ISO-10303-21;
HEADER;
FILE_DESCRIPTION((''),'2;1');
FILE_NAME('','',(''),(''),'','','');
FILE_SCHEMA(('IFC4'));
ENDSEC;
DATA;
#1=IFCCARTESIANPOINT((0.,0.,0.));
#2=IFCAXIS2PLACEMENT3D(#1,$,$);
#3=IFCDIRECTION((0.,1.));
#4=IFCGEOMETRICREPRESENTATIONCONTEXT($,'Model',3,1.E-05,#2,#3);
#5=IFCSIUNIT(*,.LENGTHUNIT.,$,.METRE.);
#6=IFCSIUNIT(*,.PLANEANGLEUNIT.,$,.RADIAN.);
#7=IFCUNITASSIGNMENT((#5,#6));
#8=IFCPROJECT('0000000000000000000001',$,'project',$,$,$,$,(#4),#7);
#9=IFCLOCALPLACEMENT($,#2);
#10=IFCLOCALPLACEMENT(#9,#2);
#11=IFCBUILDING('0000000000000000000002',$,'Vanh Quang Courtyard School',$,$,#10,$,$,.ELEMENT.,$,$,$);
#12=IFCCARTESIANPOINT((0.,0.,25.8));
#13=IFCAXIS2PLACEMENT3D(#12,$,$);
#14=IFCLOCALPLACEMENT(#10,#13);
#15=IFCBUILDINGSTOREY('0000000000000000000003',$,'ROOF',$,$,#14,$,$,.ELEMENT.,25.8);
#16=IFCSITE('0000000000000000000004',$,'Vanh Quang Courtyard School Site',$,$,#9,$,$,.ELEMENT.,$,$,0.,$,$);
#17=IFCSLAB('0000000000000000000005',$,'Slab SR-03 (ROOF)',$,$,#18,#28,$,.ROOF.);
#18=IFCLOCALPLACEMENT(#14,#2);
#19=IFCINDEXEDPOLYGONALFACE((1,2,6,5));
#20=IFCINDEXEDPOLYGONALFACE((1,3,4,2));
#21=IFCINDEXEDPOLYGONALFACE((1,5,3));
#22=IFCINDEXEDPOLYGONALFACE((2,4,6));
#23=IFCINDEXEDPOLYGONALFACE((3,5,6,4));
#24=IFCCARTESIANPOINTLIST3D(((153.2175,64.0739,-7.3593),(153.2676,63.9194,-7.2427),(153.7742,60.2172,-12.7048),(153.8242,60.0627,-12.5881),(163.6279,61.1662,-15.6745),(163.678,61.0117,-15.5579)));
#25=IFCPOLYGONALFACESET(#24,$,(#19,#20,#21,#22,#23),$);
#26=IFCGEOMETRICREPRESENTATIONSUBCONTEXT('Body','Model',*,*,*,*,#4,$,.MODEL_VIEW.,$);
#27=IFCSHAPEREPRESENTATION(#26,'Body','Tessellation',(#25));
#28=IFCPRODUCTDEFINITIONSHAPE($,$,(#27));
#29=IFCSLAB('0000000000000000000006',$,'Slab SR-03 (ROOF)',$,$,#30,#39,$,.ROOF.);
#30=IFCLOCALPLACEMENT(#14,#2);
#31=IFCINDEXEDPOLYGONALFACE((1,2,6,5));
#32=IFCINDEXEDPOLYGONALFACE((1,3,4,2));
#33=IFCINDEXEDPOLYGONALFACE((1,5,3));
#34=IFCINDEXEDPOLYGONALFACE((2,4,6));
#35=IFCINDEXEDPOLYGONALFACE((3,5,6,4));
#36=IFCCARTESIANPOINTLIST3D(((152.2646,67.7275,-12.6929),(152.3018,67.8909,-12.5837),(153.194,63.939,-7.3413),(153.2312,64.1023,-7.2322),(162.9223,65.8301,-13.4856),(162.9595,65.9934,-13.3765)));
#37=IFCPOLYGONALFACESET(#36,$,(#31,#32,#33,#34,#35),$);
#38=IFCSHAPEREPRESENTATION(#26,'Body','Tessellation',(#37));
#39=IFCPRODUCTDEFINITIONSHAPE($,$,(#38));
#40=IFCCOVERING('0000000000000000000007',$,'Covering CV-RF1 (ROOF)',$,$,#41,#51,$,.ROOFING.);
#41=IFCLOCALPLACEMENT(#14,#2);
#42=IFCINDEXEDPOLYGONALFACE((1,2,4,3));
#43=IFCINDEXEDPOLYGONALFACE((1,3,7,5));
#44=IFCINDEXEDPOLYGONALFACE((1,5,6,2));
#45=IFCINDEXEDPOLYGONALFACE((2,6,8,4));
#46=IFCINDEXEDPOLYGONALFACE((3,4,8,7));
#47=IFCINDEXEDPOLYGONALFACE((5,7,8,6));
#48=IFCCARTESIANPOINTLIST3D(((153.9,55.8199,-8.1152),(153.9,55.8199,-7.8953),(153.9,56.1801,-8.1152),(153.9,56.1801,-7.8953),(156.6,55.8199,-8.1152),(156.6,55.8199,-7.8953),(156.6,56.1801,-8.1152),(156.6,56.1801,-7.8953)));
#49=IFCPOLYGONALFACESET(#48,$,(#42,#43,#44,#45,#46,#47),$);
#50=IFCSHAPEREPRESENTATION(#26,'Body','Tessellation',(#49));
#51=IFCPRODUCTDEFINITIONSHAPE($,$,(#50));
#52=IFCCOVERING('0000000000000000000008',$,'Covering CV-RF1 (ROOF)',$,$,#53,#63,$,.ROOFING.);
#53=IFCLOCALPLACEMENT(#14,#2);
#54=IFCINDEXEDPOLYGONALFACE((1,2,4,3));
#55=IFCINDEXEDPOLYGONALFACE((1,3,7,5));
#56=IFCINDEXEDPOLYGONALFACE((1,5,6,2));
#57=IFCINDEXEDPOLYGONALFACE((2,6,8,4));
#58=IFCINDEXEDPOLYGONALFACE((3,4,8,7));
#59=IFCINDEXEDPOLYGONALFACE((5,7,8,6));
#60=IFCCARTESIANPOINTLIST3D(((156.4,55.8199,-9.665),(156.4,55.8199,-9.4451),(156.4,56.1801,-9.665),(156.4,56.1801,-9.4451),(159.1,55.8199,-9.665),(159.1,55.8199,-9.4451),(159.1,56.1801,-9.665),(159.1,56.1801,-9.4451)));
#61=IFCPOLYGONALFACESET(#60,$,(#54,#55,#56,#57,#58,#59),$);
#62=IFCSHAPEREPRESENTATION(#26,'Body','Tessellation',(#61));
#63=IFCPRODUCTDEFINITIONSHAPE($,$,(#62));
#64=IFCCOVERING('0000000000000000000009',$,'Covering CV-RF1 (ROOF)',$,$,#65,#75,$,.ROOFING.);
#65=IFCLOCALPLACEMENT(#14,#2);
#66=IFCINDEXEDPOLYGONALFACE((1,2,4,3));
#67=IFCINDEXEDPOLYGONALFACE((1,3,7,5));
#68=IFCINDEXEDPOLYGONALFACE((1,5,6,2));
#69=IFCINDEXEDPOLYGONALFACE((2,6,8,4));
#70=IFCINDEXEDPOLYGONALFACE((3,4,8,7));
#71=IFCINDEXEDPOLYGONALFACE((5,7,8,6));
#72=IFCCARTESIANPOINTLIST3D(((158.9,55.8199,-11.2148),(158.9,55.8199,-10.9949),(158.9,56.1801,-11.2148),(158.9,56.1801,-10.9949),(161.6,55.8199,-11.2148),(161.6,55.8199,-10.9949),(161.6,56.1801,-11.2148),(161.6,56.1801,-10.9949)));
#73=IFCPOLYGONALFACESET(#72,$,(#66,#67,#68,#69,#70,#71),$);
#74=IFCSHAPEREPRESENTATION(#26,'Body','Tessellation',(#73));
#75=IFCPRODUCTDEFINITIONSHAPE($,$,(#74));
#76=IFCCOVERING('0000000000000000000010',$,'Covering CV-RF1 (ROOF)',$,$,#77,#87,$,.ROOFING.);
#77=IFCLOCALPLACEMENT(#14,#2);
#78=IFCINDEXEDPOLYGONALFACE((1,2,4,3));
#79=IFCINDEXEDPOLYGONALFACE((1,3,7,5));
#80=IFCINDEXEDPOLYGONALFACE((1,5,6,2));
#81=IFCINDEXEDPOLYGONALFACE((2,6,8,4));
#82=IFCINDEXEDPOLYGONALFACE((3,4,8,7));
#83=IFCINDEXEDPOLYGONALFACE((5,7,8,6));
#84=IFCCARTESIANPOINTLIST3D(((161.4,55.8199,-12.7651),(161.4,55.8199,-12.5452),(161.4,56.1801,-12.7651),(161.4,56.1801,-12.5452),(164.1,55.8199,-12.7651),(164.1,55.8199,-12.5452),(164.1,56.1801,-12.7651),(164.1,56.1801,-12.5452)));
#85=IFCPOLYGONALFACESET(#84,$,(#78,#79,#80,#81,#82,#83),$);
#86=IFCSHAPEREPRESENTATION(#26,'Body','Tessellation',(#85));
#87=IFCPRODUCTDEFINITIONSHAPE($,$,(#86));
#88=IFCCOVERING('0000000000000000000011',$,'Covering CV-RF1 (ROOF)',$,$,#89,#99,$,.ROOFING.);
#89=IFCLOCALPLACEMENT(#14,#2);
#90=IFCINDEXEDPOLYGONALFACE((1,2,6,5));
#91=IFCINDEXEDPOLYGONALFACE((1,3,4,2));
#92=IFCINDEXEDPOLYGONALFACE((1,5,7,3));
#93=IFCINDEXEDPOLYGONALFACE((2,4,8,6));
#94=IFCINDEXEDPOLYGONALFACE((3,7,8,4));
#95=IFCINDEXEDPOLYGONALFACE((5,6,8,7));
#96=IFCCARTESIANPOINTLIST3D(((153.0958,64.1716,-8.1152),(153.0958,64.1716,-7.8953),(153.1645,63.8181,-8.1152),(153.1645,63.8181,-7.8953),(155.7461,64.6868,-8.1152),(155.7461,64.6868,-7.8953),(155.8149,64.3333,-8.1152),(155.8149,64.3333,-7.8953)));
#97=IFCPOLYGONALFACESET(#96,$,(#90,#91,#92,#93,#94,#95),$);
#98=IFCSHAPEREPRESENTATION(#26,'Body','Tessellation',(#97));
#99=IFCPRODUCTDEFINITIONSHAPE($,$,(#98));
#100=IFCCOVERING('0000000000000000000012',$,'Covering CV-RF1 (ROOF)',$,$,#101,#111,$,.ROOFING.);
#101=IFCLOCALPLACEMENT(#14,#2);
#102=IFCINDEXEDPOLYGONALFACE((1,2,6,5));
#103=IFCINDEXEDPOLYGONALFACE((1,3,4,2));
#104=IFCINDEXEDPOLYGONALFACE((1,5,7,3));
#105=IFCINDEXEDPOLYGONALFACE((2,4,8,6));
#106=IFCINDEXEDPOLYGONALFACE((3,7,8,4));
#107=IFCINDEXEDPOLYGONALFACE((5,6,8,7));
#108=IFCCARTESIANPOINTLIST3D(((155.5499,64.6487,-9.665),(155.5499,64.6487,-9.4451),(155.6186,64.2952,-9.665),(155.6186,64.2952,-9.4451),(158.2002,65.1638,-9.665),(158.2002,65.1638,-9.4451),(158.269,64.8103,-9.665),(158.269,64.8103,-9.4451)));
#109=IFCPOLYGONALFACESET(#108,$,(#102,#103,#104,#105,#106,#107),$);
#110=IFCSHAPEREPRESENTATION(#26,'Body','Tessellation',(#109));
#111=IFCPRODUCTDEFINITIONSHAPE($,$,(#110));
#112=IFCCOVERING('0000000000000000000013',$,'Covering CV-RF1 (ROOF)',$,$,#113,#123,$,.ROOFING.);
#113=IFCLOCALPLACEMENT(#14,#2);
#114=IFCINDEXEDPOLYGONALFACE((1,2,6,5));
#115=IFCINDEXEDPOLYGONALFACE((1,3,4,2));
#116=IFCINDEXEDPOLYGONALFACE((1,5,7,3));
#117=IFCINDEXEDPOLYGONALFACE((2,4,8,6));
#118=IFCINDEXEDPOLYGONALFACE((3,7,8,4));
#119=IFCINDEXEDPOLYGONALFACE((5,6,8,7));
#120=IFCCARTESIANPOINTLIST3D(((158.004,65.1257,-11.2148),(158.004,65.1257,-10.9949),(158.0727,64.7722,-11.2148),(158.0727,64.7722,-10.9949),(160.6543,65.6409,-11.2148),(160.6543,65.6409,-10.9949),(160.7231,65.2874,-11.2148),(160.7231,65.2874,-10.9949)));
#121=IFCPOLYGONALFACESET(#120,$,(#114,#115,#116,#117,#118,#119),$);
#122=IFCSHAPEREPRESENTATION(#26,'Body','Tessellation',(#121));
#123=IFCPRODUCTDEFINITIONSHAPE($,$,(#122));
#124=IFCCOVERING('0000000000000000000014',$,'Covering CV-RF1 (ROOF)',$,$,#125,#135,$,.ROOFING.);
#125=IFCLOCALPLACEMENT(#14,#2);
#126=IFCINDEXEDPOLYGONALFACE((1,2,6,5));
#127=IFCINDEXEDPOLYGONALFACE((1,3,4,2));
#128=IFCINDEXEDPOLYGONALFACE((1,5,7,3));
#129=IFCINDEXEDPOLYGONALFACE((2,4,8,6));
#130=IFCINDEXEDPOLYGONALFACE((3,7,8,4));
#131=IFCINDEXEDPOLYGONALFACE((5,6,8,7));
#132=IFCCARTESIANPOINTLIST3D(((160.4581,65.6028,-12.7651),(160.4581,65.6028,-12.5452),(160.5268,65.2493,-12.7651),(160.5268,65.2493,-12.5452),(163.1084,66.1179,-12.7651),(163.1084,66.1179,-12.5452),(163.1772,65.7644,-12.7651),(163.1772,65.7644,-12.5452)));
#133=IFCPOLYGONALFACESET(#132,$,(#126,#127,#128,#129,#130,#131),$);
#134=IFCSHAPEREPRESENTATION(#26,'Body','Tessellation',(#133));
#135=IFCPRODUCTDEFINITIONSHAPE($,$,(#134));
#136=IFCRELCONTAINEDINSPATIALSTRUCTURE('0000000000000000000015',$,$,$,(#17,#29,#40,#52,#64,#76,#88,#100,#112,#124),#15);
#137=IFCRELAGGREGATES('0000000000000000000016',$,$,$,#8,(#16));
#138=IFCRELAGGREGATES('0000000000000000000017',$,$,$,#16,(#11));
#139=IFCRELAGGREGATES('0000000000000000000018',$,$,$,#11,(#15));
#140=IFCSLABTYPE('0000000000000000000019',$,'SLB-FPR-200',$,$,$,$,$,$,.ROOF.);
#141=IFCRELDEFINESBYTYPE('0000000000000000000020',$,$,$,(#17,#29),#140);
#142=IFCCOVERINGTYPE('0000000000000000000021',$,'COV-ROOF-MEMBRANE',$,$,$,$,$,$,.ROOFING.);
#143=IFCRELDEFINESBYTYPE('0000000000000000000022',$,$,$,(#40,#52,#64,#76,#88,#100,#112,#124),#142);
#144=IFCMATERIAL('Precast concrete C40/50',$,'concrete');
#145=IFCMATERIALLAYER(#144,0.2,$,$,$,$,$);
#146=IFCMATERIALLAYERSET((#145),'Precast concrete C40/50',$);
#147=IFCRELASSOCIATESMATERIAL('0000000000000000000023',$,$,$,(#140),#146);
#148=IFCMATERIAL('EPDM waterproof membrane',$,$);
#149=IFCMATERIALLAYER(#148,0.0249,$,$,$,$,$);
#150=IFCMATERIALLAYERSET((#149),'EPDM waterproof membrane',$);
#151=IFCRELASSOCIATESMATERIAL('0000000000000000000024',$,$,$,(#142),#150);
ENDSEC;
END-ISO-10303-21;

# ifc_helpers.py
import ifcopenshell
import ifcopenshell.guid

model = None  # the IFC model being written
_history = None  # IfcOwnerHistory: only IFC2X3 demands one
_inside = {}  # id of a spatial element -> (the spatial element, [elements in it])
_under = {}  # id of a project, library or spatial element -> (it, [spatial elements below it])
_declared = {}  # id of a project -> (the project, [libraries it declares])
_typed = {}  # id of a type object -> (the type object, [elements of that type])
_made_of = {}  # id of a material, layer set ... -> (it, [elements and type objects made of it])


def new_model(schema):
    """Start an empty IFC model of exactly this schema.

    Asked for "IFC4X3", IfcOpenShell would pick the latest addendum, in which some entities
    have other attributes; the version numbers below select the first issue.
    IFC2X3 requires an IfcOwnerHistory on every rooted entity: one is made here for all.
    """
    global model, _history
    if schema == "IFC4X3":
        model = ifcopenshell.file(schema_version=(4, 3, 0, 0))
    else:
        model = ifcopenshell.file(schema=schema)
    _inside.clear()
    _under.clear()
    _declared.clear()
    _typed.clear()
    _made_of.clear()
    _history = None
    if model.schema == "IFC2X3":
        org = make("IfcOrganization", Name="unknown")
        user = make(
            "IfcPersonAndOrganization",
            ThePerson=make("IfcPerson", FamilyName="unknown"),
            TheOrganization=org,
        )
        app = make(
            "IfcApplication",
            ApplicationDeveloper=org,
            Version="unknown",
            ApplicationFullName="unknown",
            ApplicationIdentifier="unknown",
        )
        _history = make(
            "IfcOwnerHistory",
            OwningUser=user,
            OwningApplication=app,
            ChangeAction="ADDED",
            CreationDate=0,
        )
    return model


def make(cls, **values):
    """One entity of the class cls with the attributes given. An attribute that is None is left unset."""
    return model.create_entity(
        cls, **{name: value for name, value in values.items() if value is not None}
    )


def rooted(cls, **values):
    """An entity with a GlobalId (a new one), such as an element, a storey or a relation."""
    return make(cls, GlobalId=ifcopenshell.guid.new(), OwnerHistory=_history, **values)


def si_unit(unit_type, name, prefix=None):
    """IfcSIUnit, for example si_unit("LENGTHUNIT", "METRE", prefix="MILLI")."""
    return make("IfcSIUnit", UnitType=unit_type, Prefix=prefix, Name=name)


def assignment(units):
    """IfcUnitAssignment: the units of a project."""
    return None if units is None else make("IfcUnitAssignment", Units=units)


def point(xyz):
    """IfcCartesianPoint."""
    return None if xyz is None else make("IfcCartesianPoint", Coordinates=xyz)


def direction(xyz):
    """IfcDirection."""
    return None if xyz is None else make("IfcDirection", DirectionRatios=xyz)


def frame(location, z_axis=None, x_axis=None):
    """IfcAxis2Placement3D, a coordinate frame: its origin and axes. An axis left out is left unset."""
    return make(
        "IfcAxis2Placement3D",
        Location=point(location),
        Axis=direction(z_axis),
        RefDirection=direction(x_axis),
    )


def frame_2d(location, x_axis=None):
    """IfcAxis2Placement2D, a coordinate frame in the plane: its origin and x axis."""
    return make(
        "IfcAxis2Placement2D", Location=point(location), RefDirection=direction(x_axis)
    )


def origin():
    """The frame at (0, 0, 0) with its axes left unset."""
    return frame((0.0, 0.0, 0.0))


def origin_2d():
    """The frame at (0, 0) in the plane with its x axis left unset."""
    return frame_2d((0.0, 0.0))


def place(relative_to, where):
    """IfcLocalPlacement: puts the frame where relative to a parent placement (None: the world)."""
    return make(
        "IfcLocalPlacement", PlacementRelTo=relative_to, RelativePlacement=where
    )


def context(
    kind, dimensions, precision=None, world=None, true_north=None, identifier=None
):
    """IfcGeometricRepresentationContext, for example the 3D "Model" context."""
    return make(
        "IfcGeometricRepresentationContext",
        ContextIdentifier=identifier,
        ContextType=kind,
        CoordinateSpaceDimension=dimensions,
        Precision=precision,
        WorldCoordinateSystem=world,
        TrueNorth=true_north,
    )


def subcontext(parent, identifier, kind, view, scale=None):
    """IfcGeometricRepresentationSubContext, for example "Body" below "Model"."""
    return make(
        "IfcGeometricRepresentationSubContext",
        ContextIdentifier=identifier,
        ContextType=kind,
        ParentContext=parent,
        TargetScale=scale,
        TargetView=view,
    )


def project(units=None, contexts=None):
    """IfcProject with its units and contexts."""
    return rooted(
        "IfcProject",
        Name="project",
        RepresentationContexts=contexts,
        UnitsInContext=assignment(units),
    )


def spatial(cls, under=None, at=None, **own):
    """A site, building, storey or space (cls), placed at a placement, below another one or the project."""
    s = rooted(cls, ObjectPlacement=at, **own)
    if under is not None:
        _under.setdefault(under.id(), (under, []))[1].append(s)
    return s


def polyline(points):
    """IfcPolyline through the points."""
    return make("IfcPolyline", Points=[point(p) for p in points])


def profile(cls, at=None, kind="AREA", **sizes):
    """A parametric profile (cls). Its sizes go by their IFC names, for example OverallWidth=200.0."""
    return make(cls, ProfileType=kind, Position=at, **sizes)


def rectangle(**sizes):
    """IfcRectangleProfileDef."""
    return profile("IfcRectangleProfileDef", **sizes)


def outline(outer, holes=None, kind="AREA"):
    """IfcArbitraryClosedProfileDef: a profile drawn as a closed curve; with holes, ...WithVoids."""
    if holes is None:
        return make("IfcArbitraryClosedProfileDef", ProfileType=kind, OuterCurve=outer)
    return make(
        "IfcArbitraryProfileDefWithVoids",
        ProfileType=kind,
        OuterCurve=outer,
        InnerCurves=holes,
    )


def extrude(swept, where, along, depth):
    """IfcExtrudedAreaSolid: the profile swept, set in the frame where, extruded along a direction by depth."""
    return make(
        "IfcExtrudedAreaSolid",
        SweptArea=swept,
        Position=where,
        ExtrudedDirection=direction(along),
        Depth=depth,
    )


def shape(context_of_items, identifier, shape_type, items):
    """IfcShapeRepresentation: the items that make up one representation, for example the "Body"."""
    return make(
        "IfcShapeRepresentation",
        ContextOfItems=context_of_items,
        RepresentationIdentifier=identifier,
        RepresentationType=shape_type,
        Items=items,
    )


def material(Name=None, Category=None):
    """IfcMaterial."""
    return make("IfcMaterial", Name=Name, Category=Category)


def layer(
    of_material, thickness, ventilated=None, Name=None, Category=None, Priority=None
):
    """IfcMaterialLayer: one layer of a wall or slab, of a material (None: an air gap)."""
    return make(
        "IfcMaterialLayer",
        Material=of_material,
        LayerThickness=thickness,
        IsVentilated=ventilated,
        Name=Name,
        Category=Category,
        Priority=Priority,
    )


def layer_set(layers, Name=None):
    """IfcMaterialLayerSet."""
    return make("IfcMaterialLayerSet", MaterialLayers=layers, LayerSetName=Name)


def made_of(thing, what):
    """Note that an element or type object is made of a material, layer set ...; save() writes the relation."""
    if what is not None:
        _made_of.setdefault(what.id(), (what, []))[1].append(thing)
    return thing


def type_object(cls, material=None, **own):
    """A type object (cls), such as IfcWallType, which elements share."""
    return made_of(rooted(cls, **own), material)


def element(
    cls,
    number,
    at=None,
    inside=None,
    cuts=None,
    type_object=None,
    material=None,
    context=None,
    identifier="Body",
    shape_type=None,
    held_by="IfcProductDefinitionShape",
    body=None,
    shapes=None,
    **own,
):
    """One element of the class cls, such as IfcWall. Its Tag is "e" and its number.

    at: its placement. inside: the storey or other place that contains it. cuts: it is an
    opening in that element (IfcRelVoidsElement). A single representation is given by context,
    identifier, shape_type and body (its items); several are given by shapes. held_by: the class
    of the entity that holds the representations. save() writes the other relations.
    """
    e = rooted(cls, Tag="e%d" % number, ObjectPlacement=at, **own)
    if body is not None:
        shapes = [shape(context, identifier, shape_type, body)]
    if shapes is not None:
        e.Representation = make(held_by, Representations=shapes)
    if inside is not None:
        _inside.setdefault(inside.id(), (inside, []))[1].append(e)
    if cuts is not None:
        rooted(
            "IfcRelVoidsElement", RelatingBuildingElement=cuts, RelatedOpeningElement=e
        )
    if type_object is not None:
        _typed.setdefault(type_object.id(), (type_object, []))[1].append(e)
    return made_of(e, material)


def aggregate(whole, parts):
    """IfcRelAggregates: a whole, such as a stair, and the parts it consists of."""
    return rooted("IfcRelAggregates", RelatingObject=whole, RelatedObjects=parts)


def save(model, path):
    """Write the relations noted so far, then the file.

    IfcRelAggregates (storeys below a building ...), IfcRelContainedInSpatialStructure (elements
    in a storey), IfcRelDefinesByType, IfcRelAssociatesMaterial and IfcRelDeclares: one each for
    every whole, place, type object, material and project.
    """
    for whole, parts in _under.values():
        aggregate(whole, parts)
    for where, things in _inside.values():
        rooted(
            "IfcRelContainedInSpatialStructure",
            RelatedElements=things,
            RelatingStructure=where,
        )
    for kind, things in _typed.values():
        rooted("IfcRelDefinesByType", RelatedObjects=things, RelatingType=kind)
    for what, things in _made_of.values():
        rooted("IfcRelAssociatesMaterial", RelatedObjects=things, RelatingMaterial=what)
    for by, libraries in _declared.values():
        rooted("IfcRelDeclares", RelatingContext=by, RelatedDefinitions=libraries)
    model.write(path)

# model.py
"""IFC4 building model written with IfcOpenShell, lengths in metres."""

from ifc_helpers import new_model, si_unit, direction, frame, origin, origin_2d, place, context, subcontext, project, spatial, polyline, rectangle, outline, extrude, material, layer, layer_set, type_object, element, save


model = new_model("IFC4")

# Units and contexts
model_context = context("Model", 3, precision=1e-05, world=origin(), true_north=direction((0.0, 1.0)))
body_context = subcontext(model_context, "Body", "Model", "MODEL_VIEW")
ifc_project = project(units=[si_unit("LENGTHUNIT", "METRE"), si_unit("PLANEANGLEUNIT", "RADIAN")], contexts=[model_context])

# Site, building, storey
site_placement = place(None, origin())
site = spatial("IfcSite", under=ifc_project, at=site_placement, Name="Vanh Quang Courtyard School Site", CompositionType="ELEMENT", RefElevation=0.0)
building_placement = place(site_placement, origin())
building = spatial("IfcBuilding", under=site, at=building_placement, Name="Vanh Quang Courtyard School", CompositionType="ELEMENT")
storey_placement = place(building_placement, frame((0.0, 0.0, 25.8)))
storey = spatial("IfcBuildingStorey", under=building, at=storey_placement, Name="ROOF", CompositionType="ELEMENT", Elevation=25.8)

# Slabs
ifc_material_1 = material(Name="Precast concrete C40/50", Category="concrete")
ifc_layer_1 = layer(ifc_material_1, 0.2)
ifc_layer_set_1 = layer_set([ifc_layer_1], Name="Precast concrete C40/50")
slab_type_1 = type_object("IfcSlabType", Name="SLB-FPR-200", PredefinedType="ROOF", material=ifc_layer_set_1)
slab_1_placement = place(storey_placement, frame((153.8242, 60.0627, -12.5881), z_axis=(0.250257, -0.772604, 0.583485), x_axis=(0.953417, 0.09182, -0.287341)))
element("IfcSlab", 1, at=slab_1_placement, inside=storey, type_object=slab_type_1, Name="Slab SR-03 (ROOF)", PredefinedType="ROOF", context=body_context, shape_type="SweptSolid", body=[
    extrude(outline(polyline([(0.0, 0.0), (10.3352, 0.0), (-1.7126, 6.3894), (0.0, 0.0)])), origin(), (0.0, 0.0, -1.0), 0.2),
])
slab_2_placement = place(storey_placement, frame((153.2312, 64.1023, -7.2322), z_axis=(0.186044, 0.816876, 0.545986), x_axis=(0.834291, 0.162181, -0.526931)))
element("IfcSlab", 2, at=slab_2_placement, inside=storey, type_object=slab_type_1, Name="Slab SR-03 (ROOF)", PredefinedType="ROOF", context=body_context, shape_type="SweptSolid", body=[
    extrude(outline(polyline([(0.0, 0.0), (11.6605, 0.0), (2.6589, 6.0652), (0.0, 0.0)])), origin(), (0.0, 0.0, -1.0), 0.2),
])

# Coverings
ifc_material_2 = material(Name="EPDM waterproof membrane")
ifc_layer_2 = layer(ifc_material_2, 0.0249)
ifc_layer_set_2 = layer_set([ifc_layer_2], Name="EPDM waterproof membrane")
covering_type = type_object("IfcCoveringType", Name="COV-ROOF-MEMBRANE", PredefinedType="ROOFING", material=ifc_layer_set_2)
for number, where, z_axis, x_axis, name in (
    (3, (155.25, 56.0, -8.1152), (0.0, 0.0, 1.0), (1.0, 0.0, 0.0), "Covering CV-RF1 (ROOF)"),
    (4, (157.75, 56.0, -9.665), (0.0, 0.0, 1.0), (1.0, 0.0, 0.0), "Covering CV-RF1 (ROOF)"),
    (5, (160.25, 56.0, -11.2148), (0.0, 0.0, 1.0), (1.0, 0.0, 0.0), "Covering CV-RF1 (ROOF)"),
    (6, (162.75, 56.0, -12.7651), (0.0, 0.0, 1.0), (1.0, 0.0, 0.0), "Covering CV-RF1 (ROOF)"),
    (7, (154.4553, 64.2524, -8.1152), (0.0, 0.0, 1.0), (0.981627, 0.190809, 0.0), "Covering CV-RF1 (ROOF)"),
    (8, (156.9094, 64.7295, -9.665), (0.0, 0.0, 1.0), (0.981627, 0.190809, 0.0), "Covering CV-RF1 (ROOF)"),
    (9, (159.3635, 65.2065, -11.2148), (0.0, 0.0, 1.0), (0.981627, 0.190809, 0.0), "Covering CV-RF1 (ROOF)"),
    (10, (161.8176, 65.6836, -12.7651), (0.0, 0.0, 1.0), (0.981627, 0.190809, 0.0), "Covering CV-RF1 (ROOF)"),
):
    element("IfcCovering", number, at=place(storey_placement, frame(where, z_axis=z_axis, x_axis=x_axis)), inside=storey, type_object=covering_type, Name=name, PredefinedType="ROOFING", context=body_context, shape_type="SweptSolid", body=[
        extrude(rectangle(XDim=2.7, YDim=0.3601, at=origin_2d()), origin(), (0.0, 0.0, 1.0), 0.22),
    ])

save(model, "model.ifc")
